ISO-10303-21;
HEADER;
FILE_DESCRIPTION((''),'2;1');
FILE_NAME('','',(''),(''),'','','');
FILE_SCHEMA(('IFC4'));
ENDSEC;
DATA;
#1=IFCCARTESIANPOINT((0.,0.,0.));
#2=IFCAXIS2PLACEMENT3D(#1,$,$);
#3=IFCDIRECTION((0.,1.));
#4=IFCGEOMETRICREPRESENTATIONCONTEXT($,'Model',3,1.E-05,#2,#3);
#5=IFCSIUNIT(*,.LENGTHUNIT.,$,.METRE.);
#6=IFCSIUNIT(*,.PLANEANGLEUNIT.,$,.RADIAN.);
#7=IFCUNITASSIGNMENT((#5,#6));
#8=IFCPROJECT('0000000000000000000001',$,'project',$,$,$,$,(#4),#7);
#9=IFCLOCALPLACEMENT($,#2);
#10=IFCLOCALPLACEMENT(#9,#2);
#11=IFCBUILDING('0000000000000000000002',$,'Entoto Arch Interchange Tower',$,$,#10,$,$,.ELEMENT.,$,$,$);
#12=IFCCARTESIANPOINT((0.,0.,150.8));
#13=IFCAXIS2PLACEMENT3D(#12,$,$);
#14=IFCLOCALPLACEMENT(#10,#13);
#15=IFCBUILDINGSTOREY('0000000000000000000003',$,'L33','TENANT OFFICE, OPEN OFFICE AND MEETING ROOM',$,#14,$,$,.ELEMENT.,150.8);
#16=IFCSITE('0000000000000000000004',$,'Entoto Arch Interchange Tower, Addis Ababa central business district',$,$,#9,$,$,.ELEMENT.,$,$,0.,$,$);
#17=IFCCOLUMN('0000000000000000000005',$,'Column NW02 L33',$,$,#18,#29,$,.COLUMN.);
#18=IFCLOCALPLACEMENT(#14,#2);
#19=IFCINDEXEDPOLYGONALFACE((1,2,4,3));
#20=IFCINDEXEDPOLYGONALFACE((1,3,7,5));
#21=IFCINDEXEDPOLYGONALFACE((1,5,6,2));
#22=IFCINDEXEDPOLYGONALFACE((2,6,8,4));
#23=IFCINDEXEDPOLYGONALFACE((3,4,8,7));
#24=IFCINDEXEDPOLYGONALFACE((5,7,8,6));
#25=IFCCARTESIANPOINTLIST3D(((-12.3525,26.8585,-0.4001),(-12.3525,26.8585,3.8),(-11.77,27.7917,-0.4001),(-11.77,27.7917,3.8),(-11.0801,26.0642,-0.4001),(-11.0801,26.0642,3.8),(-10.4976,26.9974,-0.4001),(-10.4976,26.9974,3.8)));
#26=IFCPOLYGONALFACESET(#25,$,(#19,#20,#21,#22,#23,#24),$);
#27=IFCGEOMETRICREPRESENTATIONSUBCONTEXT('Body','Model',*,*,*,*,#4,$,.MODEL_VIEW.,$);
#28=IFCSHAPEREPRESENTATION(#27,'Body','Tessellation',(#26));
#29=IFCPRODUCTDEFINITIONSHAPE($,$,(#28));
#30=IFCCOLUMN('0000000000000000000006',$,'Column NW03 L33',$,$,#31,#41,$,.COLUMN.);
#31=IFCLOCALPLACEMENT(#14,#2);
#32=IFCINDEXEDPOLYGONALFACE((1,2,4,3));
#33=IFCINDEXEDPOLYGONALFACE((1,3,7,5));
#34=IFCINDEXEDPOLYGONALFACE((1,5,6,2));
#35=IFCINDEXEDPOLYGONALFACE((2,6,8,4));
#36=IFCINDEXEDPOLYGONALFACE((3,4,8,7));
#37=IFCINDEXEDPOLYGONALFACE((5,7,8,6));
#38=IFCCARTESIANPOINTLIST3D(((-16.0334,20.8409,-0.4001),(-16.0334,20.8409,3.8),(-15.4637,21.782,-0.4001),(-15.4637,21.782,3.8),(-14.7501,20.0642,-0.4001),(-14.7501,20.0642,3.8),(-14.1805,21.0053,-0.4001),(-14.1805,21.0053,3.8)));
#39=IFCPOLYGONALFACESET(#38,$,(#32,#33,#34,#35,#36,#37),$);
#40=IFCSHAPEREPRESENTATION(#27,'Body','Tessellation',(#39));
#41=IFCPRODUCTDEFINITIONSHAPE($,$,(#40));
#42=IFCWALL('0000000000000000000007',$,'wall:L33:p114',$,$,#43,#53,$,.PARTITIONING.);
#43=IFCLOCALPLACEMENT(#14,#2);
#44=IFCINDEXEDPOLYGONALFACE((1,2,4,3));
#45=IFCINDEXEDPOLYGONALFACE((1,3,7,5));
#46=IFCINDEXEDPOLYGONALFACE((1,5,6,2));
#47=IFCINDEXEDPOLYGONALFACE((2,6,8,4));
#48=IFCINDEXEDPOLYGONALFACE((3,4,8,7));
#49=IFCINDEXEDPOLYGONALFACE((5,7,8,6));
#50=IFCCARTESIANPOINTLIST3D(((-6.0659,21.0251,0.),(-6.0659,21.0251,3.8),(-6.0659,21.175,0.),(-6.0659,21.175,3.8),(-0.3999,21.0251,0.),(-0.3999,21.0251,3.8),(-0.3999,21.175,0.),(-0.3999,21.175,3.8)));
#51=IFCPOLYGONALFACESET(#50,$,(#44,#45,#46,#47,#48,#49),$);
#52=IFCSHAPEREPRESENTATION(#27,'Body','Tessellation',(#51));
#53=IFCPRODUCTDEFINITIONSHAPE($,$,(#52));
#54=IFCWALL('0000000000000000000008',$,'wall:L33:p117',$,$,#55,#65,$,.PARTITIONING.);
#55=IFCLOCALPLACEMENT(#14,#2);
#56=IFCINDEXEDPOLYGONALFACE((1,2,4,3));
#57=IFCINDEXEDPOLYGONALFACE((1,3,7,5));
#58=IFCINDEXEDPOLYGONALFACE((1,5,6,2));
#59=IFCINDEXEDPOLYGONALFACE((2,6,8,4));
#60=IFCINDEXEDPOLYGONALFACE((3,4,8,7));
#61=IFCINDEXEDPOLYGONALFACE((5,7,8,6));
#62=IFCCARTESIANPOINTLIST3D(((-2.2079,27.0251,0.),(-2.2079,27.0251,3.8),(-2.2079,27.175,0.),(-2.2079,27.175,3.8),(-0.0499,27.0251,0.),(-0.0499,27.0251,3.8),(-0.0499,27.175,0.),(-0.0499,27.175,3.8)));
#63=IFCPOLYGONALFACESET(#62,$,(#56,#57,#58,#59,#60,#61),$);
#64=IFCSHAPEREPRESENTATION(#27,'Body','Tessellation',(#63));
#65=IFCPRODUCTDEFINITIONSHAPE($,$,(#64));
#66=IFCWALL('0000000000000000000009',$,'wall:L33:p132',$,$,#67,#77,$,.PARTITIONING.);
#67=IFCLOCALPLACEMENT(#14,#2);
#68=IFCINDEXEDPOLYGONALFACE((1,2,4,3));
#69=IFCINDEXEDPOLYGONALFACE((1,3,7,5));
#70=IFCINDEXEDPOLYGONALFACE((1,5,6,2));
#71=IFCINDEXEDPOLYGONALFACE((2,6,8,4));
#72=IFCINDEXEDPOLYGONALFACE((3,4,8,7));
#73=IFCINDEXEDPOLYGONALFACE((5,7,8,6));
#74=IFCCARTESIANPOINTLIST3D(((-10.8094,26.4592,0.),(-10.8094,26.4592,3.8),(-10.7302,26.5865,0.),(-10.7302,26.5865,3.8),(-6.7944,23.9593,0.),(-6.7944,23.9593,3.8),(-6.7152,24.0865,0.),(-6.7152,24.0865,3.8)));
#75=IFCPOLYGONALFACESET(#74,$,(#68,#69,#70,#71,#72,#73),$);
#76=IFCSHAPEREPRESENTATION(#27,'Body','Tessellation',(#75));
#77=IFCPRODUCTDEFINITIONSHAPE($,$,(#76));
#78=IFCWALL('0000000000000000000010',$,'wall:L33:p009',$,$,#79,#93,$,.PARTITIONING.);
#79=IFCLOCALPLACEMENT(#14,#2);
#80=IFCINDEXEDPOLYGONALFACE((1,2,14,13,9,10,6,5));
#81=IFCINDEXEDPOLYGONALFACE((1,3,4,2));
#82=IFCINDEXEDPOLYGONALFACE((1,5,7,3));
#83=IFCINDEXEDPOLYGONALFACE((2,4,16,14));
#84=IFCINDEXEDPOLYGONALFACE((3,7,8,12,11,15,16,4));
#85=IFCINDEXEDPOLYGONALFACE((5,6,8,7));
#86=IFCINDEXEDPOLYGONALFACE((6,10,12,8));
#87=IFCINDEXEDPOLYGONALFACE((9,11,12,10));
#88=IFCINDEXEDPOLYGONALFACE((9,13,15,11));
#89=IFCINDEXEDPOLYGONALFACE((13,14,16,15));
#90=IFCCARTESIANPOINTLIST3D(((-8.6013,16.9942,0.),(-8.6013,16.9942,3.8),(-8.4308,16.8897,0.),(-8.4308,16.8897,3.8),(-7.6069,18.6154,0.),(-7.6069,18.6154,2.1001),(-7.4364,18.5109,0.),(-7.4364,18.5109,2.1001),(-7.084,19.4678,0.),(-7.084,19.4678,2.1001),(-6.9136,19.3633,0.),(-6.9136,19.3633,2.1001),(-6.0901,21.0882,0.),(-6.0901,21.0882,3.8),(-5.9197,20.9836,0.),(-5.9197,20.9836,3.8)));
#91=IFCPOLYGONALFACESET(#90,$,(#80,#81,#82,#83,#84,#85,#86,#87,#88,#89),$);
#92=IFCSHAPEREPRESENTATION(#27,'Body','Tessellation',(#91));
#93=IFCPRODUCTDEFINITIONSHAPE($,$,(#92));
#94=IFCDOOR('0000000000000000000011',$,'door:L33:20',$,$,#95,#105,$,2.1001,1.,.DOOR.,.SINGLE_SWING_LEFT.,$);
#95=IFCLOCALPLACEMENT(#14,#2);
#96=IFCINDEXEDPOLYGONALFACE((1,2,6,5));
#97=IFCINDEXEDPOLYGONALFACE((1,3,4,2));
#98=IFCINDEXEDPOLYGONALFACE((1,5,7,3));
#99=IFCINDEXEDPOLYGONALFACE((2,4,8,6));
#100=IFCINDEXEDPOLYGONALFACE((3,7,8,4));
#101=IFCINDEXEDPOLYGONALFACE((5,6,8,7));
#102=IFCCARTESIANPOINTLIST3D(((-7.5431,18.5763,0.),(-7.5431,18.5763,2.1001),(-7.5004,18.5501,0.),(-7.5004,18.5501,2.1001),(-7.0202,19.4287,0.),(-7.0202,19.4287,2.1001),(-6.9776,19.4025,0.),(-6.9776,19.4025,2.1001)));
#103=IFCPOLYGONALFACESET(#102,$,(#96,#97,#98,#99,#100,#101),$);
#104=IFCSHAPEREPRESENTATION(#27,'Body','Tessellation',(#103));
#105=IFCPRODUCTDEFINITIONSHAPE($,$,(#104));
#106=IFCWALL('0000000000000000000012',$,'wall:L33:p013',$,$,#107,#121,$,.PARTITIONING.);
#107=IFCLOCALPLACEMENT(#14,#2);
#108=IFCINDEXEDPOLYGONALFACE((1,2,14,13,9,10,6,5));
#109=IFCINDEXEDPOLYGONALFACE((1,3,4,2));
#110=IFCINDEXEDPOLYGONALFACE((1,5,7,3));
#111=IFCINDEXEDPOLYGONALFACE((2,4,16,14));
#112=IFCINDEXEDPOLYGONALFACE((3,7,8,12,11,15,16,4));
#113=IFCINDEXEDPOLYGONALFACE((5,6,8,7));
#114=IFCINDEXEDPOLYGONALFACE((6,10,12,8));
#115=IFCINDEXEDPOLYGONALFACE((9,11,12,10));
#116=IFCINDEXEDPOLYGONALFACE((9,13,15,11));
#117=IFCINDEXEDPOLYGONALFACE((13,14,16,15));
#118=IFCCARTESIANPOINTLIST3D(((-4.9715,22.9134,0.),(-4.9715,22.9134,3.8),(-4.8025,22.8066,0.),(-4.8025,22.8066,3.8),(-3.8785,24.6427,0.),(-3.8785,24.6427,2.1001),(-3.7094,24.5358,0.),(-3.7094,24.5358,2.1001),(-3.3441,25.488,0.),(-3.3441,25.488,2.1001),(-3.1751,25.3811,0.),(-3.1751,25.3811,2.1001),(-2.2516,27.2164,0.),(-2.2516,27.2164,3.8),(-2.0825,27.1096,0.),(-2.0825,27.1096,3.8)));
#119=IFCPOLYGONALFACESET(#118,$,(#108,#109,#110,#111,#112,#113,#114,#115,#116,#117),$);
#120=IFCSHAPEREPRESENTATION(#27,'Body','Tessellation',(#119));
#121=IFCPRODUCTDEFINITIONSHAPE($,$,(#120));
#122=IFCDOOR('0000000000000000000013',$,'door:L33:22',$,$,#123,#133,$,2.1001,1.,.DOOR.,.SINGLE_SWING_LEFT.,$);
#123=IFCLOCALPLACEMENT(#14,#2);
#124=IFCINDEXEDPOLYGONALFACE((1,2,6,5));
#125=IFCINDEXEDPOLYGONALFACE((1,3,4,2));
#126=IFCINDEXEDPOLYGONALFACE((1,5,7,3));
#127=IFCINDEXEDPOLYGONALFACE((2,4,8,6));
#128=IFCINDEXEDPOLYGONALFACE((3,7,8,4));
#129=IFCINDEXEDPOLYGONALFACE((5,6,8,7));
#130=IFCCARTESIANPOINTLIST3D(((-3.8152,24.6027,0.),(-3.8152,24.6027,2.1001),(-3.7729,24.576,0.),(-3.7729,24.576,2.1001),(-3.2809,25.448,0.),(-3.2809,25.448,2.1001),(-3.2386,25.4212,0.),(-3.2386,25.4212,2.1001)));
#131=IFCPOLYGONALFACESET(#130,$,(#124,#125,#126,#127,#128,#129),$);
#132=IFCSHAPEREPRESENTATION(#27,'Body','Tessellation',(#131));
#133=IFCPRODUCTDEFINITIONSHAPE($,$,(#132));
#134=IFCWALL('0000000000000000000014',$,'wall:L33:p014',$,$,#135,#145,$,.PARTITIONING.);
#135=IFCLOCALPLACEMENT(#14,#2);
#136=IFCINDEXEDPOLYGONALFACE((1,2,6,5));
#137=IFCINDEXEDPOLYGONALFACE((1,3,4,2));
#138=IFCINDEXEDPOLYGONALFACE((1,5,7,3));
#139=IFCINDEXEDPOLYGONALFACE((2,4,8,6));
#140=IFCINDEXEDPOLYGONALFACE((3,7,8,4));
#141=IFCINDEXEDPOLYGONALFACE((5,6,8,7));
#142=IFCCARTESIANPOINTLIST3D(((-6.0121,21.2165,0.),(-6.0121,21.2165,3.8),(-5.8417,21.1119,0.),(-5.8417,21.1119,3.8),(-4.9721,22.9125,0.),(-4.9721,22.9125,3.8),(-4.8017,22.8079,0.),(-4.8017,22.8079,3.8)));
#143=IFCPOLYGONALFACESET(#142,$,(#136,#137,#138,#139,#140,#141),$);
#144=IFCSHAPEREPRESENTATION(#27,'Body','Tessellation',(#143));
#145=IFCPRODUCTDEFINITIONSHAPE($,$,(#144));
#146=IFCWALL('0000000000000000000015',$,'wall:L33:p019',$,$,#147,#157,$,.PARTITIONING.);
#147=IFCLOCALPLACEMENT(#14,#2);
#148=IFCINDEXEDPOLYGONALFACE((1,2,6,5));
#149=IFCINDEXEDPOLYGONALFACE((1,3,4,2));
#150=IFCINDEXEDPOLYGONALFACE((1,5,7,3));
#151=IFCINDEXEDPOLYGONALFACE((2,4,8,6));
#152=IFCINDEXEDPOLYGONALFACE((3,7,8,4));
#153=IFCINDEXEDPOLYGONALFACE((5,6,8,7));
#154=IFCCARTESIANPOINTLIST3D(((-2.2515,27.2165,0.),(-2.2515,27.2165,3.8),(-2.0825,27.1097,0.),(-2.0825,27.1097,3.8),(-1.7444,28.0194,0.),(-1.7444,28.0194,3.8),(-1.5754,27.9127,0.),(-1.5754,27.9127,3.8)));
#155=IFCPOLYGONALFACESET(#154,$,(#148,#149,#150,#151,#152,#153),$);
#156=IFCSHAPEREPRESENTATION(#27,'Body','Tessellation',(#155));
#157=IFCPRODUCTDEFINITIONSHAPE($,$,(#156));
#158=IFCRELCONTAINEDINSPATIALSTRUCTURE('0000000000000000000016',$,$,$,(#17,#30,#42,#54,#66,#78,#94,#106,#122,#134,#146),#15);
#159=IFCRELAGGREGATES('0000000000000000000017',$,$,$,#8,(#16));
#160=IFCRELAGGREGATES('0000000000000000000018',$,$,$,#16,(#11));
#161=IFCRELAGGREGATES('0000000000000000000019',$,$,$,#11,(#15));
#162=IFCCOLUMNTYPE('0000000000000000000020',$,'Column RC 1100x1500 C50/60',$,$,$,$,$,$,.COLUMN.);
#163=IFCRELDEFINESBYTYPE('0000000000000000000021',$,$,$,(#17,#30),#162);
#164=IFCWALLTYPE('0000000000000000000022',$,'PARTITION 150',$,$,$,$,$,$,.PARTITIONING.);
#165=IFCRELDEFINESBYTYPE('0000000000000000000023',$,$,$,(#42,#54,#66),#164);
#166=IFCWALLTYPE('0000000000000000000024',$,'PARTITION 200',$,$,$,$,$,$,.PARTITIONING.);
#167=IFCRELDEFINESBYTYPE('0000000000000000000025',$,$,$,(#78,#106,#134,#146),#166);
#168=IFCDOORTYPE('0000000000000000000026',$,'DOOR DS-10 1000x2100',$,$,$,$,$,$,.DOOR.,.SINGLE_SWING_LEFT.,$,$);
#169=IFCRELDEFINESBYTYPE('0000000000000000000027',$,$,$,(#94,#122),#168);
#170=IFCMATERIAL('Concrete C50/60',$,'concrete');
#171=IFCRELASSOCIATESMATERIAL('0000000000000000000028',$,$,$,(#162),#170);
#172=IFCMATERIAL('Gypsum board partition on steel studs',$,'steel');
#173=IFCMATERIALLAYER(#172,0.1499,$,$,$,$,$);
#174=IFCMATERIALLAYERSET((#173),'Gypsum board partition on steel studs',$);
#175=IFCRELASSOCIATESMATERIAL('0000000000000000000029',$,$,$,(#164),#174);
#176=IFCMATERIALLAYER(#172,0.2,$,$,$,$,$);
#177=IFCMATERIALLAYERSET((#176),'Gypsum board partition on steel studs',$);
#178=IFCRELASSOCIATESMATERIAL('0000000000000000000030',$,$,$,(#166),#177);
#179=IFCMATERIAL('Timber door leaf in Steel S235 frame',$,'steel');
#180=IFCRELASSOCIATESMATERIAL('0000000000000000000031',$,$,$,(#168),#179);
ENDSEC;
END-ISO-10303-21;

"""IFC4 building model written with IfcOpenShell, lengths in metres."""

from ifc_helpers import new_model, si_unit, direction, frame, frame_2d, origin, origin_2d, place, context, subcontext, project, spatial, rectangle, extrude, material, layer, layer_set, material_profile, profile_set, type_object, element, fill, save


model = new_model("IFC4")

# Units and contexts
model_context = context("Model", 3, precision=1e-05, world=origin(), true_north=direction((0.0, 1.0)))
body_context = subcontext(model_context, "Body", "Model", "MODEL_VIEW")
ifc_project = project(units=[si_unit("LENGTHUNIT", "METRE"), si_unit("PLANEANGLEUNIT", "RADIAN")], contexts=[model_context])

# Site, building, storey
site_placement = place(None, origin())
site = spatial("IfcSite", under=ifc_project, at=site_placement, Name="Entoto Arch Interchange Tower, Addis Ababa central business district", CompositionType="ELEMENT", RefElevation=0.0)
building_placement = place(site_placement, origin())
building = spatial("IfcBuilding", under=site, at=building_placement, Name="Entoto Arch Interchange Tower", CompositionType="ELEMENT")
storey_placement = place(building_placement, frame((0.0, 0.0, 150.8)))
storey = spatial("IfcBuildingStorey", under=building, at=storey_placement, Name="L33", Description="TENANT OFFICE, OPEN OFFICE AND MEETING ROOM", CompositionType="ELEMENT", Elevation=150.8)

# Columns
ifc_material_1 = material(Name="Concrete C50/60", Category="concrete")
ifc_material_profile = material_profile(ifc_material_1, rectangle(XDim=1.1001, YDim=1.5, at=origin_2d()))
ifc_profile_set = profile_set([ifc_material_profile], Name="Concrete C50/60")
column_type = type_object("IfcColumnType", Name="Column RC 1100x1500 C50/60", PredefinedType="COLUMN", material=ifc_profile_set)
for number, where, z_axis, x_axis, name in (
    (1, (-11.425, 26.928, -0.4001), (0.0, 0.0, 1.0), (0.529549, 0.848279, 0.0), "Column NW02 L33"),
    (2, (-15.1069, 20.9231, -0.4001), (0.0, 0.0, 1.0), (0.517803, 0.8555, 0.0), "Column NW03 L33"),
):
    element("IfcColumn", number, at=place(storey_placement, frame(where, z_axis=z_axis, x_axis=x_axis)), inside=storey, type_object=column_type, Name=name, PredefinedType="COLUMN", context=body_context, shape_type="SweptSolid", body=[
        extrude(rectangle(XDim=1.1001, YDim=1.5, at=origin_2d()), origin(), (0.0, 0.0, 1.0), 4.2002),
    ])

# Walls
ifc_material_2 = material(Name="Gypsum board partition on steel studs", Category="steel")
ifc_layer_1 = layer(ifc_material_2, 0.1499)
ifc_layer_set_1 = layer_set([ifc_layer_1], Name="Gypsum board partition on steel studs")
wall_type_1 = type_object("IfcWallType", Name="PARTITION 150", PredefinedType="PARTITIONING", material=ifc_layer_set_1)
wall_1_placement = place(storey_placement, frame((-6.0659, 21.1001, 0.0), z_axis=(0.0, 0.0, 1.0), x_axis=(1.0, 0.0, 0.0)))
element("IfcWall", 3, at=wall_1_placement, inside=storey, type_object=wall_type_1, Name="wall:L33:p114", PredefinedType="PARTITIONING", context=body_context, shape_type="SweptSolid", body=[
    extrude(rectangle(XDim=5.666, YDim=0.1499, at=frame_2d((2.833, 0.0))), origin(), (0.0, 0.0, 1.0), 3.8),
])
wall_2_placement = place(storey_placement, frame((-2.208, 27.1001, 0.0), z_axis=(0.0, 0.0, 1.0), x_axis=(1.0, 0.0, 0.0)))
element("IfcWall", 4, at=wall_2_placement, inside=storey, type_object=wall_type_1, Name="wall:L33:p117", PredefinedType="PARTITIONING", context=body_context, shape_type="SweptSolid", body=[
    extrude(rectangle(XDim=2.158, YDim=0.1499, at=frame_2d((1.0791, 0.0))), origin(), (0.0, 0.0, 1.0), 3.8),
])
wall_3_placement = place(storey_placement, frame((-6.7549, 24.0229, 0.0), z_axis=(0.0, 0.0, 1.0), x_axis=(-0.848896, 0.52856, 0.0)))
element("IfcWall", 5, at=wall_3_placement, inside=storey, type_object=wall_type_1, Name="wall:L33:p132", PredefinedType="PARTITIONING", context=body_context, shape_type="SweptSolid", body=[
    extrude(rectangle(XDim=4.7297, YDim=0.1499, at=frame_2d((2.3647, 0.0))), origin(), (0.0, 0.0, 1.0), 3.8),
])

# Walls, openings, doors
ifc_layer_2 = layer(ifc_material_2, 0.2)
ifc_layer_set_2 = layer_set([ifc_layer_2], Name="Gypsum board partition on steel studs")
wall_type_2 = type_object("IfcWallType", Name="PARTITION 200", PredefinedType="PARTITIONING", material=ifc_layer_set_2)
wall_4_placement = place(storey_placement, frame((-6.0049, 21.0359, 0.0), z_axis=(0.0, 0.0, 1.0), x_axis=(-0.522866, -0.852415, 0.0)))
wall_4 = element("IfcWall", 6, at=wall_4_placement, inside=storey, type_object=wall_type_2, Name="wall:L33:p009", PredefinedType="PARTITIONING", context=body_context, shape_type="SweptSolid", body=[
    extrude(rectangle(XDim=4.8027, YDim=0.2, at=frame_2d((2.4014, 0.0))), origin(), (0.0, 0.0, 1.0), 3.8),
])
opening_1_placement = place(wall_4_placement, frame((1.9009, 0.0, 0.0)))
opening_1 = element("IfcOpeningElement", 7, at=opening_1_placement, cuts=wall_4, PredefinedType="OPENING", context=body_context, shape_type="SweptSolid", body=[
    extrude(rectangle(XDim=1.0, YDim=2.1001, at=frame_2d((0.5, 1.05))), frame((0.0, 0.1099, 0.0), z_axis=(0.0, -1.0, 0.0), x_axis=(1.0, 0.0, 0.0)), (0.0, 0.0, 1.0), 0.22),
])
ifc_material_3 = material(Name="Timber door leaf in Steel S235 frame", Category="steel")
door_type = type_object("IfcDoorType", Name="DOOR DS-10 1000x2100", OperationType="SINGLE_SWING_LEFT", PredefinedType="DOOR", material=ifc_material_3)
door_1_placement = place(opening_1_placement, origin())
door_1 = element("IfcDoor", 8, at=door_1_placement, inside=storey, type_object=door_type, Name="door:L33:20", OperationType="SINGLE_SWING_LEFT", OverallHeight=2.1001, OverallWidth=1.0, PredefinedType="DOOR", context=body_context, shape_type="SweptSolid", body=[
    extrude(rectangle(XDim=1.0, YDim=2.1001, at=frame_2d((0.5, 1.05))), frame((0.0, 0.0249, 0.0), z_axis=(0.0, -1.0, 0.0), x_axis=(1.0, 0.0, 0.0)), (0.0, 0.0, 1.0), 0.05),
])
fill(opening_1, door_1)
wall_5_placement = place(storey_placement, frame((-2.167, 27.1631, 0.0), z_axis=(0.0, 0.0, 1.0), x_axis=(-0.534316, -0.845285, 0.0)))
wall_5 = element("IfcWall", 9, at=wall_5_placement, inside=storey, type_object=wall_type_2, Name="wall:L33:p013", PredefinedType="PARTITIONING", context=body_context, shape_type="SweptSolid", body=[
    extrude(rectangle(XDim=5.0906, YDim=0.2, at=frame_2d((2.5454, 0.0))), origin(), (0.0, 0.0, 1.0), 3.8),
])
opening_2_placement = place(wall_5_placement, frame((2.0449, 0.0, 0.0)))
opening_2 = element("IfcOpeningElement", 10, at=opening_2_placement, cuts=wall_5, PredefinedType="OPENING", context=body_context, shape_type="SweptSolid", body=[
    extrude(rectangle(XDim=1.0, YDim=2.1001, at=frame_2d((0.5, 1.05))), frame((0.0, 0.1099, 0.0), z_axis=(0.0, -1.0, 0.0), x_axis=(1.0, 0.0, 0.0)), (0.0, 0.0, 1.0), 0.22),
])
door_2_placement = place(opening_2_placement, origin())
door_2 = element("IfcDoor", 11, at=door_2_placement, inside=storey, type_object=door_type, Name="door:L33:22", OperationType="SINGLE_SWING_LEFT", OverallHeight=2.1001, OverallWidth=1.0, PredefinedType="DOOR", context=body_context, shape_type="SweptSolid", body=[
    extrude(rectangle(XDim=1.0, YDim=2.1001, at=frame_2d((0.5, 1.05))), frame((0.0, 0.0249, 0.0), z_axis=(0.0, -1.0, 0.0), x_axis=(1.0, 0.0, 0.0)), (0.0, 0.0, 1.0), 0.05),
])
fill(opening_2, door_2)

# Walls
wall_6_placement = place(storey_placement, frame((-4.887, 22.8601, 0.0), z_axis=(0.0, 0.0, 1.0), x_axis=(-0.522755, -0.852483, 0.0)))
element("IfcWall", 12, at=wall_6_placement, inside=storey, type_object=wall_type_2, Name="wall:L33:p014", PredefinedType="PARTITIONING", context=body_context, shape_type="SweptSolid", body=[
    extrude(rectangle(XDim=1.9895, YDim=0.2, at=frame_2d((0.9946, 0.0))), origin(), (0.0, 0.0, 1.0), 3.8),
])
wall_7_placement = place(storey_placement, frame((-1.6599, 27.9661, 0.0), z_axis=(0.0, 0.0, 1.0), x_axis=(-0.533945, -0.845519, 0.0)))
element("IfcWall", 13, at=wall_7_placement, inside=storey, type_object=wall_type_2, Name="wall:L33:p019", PredefinedType="PARTITIONING", context=body_context, shape_type="SweptSolid", body=[
    extrude(rectangle(XDim=0.9497, YDim=0.2, at=frame_2d((0.4749, 0.0))), origin(), (0.0, 0.0, 1.0), 3.8),
])

save(model, "model.ifc")
